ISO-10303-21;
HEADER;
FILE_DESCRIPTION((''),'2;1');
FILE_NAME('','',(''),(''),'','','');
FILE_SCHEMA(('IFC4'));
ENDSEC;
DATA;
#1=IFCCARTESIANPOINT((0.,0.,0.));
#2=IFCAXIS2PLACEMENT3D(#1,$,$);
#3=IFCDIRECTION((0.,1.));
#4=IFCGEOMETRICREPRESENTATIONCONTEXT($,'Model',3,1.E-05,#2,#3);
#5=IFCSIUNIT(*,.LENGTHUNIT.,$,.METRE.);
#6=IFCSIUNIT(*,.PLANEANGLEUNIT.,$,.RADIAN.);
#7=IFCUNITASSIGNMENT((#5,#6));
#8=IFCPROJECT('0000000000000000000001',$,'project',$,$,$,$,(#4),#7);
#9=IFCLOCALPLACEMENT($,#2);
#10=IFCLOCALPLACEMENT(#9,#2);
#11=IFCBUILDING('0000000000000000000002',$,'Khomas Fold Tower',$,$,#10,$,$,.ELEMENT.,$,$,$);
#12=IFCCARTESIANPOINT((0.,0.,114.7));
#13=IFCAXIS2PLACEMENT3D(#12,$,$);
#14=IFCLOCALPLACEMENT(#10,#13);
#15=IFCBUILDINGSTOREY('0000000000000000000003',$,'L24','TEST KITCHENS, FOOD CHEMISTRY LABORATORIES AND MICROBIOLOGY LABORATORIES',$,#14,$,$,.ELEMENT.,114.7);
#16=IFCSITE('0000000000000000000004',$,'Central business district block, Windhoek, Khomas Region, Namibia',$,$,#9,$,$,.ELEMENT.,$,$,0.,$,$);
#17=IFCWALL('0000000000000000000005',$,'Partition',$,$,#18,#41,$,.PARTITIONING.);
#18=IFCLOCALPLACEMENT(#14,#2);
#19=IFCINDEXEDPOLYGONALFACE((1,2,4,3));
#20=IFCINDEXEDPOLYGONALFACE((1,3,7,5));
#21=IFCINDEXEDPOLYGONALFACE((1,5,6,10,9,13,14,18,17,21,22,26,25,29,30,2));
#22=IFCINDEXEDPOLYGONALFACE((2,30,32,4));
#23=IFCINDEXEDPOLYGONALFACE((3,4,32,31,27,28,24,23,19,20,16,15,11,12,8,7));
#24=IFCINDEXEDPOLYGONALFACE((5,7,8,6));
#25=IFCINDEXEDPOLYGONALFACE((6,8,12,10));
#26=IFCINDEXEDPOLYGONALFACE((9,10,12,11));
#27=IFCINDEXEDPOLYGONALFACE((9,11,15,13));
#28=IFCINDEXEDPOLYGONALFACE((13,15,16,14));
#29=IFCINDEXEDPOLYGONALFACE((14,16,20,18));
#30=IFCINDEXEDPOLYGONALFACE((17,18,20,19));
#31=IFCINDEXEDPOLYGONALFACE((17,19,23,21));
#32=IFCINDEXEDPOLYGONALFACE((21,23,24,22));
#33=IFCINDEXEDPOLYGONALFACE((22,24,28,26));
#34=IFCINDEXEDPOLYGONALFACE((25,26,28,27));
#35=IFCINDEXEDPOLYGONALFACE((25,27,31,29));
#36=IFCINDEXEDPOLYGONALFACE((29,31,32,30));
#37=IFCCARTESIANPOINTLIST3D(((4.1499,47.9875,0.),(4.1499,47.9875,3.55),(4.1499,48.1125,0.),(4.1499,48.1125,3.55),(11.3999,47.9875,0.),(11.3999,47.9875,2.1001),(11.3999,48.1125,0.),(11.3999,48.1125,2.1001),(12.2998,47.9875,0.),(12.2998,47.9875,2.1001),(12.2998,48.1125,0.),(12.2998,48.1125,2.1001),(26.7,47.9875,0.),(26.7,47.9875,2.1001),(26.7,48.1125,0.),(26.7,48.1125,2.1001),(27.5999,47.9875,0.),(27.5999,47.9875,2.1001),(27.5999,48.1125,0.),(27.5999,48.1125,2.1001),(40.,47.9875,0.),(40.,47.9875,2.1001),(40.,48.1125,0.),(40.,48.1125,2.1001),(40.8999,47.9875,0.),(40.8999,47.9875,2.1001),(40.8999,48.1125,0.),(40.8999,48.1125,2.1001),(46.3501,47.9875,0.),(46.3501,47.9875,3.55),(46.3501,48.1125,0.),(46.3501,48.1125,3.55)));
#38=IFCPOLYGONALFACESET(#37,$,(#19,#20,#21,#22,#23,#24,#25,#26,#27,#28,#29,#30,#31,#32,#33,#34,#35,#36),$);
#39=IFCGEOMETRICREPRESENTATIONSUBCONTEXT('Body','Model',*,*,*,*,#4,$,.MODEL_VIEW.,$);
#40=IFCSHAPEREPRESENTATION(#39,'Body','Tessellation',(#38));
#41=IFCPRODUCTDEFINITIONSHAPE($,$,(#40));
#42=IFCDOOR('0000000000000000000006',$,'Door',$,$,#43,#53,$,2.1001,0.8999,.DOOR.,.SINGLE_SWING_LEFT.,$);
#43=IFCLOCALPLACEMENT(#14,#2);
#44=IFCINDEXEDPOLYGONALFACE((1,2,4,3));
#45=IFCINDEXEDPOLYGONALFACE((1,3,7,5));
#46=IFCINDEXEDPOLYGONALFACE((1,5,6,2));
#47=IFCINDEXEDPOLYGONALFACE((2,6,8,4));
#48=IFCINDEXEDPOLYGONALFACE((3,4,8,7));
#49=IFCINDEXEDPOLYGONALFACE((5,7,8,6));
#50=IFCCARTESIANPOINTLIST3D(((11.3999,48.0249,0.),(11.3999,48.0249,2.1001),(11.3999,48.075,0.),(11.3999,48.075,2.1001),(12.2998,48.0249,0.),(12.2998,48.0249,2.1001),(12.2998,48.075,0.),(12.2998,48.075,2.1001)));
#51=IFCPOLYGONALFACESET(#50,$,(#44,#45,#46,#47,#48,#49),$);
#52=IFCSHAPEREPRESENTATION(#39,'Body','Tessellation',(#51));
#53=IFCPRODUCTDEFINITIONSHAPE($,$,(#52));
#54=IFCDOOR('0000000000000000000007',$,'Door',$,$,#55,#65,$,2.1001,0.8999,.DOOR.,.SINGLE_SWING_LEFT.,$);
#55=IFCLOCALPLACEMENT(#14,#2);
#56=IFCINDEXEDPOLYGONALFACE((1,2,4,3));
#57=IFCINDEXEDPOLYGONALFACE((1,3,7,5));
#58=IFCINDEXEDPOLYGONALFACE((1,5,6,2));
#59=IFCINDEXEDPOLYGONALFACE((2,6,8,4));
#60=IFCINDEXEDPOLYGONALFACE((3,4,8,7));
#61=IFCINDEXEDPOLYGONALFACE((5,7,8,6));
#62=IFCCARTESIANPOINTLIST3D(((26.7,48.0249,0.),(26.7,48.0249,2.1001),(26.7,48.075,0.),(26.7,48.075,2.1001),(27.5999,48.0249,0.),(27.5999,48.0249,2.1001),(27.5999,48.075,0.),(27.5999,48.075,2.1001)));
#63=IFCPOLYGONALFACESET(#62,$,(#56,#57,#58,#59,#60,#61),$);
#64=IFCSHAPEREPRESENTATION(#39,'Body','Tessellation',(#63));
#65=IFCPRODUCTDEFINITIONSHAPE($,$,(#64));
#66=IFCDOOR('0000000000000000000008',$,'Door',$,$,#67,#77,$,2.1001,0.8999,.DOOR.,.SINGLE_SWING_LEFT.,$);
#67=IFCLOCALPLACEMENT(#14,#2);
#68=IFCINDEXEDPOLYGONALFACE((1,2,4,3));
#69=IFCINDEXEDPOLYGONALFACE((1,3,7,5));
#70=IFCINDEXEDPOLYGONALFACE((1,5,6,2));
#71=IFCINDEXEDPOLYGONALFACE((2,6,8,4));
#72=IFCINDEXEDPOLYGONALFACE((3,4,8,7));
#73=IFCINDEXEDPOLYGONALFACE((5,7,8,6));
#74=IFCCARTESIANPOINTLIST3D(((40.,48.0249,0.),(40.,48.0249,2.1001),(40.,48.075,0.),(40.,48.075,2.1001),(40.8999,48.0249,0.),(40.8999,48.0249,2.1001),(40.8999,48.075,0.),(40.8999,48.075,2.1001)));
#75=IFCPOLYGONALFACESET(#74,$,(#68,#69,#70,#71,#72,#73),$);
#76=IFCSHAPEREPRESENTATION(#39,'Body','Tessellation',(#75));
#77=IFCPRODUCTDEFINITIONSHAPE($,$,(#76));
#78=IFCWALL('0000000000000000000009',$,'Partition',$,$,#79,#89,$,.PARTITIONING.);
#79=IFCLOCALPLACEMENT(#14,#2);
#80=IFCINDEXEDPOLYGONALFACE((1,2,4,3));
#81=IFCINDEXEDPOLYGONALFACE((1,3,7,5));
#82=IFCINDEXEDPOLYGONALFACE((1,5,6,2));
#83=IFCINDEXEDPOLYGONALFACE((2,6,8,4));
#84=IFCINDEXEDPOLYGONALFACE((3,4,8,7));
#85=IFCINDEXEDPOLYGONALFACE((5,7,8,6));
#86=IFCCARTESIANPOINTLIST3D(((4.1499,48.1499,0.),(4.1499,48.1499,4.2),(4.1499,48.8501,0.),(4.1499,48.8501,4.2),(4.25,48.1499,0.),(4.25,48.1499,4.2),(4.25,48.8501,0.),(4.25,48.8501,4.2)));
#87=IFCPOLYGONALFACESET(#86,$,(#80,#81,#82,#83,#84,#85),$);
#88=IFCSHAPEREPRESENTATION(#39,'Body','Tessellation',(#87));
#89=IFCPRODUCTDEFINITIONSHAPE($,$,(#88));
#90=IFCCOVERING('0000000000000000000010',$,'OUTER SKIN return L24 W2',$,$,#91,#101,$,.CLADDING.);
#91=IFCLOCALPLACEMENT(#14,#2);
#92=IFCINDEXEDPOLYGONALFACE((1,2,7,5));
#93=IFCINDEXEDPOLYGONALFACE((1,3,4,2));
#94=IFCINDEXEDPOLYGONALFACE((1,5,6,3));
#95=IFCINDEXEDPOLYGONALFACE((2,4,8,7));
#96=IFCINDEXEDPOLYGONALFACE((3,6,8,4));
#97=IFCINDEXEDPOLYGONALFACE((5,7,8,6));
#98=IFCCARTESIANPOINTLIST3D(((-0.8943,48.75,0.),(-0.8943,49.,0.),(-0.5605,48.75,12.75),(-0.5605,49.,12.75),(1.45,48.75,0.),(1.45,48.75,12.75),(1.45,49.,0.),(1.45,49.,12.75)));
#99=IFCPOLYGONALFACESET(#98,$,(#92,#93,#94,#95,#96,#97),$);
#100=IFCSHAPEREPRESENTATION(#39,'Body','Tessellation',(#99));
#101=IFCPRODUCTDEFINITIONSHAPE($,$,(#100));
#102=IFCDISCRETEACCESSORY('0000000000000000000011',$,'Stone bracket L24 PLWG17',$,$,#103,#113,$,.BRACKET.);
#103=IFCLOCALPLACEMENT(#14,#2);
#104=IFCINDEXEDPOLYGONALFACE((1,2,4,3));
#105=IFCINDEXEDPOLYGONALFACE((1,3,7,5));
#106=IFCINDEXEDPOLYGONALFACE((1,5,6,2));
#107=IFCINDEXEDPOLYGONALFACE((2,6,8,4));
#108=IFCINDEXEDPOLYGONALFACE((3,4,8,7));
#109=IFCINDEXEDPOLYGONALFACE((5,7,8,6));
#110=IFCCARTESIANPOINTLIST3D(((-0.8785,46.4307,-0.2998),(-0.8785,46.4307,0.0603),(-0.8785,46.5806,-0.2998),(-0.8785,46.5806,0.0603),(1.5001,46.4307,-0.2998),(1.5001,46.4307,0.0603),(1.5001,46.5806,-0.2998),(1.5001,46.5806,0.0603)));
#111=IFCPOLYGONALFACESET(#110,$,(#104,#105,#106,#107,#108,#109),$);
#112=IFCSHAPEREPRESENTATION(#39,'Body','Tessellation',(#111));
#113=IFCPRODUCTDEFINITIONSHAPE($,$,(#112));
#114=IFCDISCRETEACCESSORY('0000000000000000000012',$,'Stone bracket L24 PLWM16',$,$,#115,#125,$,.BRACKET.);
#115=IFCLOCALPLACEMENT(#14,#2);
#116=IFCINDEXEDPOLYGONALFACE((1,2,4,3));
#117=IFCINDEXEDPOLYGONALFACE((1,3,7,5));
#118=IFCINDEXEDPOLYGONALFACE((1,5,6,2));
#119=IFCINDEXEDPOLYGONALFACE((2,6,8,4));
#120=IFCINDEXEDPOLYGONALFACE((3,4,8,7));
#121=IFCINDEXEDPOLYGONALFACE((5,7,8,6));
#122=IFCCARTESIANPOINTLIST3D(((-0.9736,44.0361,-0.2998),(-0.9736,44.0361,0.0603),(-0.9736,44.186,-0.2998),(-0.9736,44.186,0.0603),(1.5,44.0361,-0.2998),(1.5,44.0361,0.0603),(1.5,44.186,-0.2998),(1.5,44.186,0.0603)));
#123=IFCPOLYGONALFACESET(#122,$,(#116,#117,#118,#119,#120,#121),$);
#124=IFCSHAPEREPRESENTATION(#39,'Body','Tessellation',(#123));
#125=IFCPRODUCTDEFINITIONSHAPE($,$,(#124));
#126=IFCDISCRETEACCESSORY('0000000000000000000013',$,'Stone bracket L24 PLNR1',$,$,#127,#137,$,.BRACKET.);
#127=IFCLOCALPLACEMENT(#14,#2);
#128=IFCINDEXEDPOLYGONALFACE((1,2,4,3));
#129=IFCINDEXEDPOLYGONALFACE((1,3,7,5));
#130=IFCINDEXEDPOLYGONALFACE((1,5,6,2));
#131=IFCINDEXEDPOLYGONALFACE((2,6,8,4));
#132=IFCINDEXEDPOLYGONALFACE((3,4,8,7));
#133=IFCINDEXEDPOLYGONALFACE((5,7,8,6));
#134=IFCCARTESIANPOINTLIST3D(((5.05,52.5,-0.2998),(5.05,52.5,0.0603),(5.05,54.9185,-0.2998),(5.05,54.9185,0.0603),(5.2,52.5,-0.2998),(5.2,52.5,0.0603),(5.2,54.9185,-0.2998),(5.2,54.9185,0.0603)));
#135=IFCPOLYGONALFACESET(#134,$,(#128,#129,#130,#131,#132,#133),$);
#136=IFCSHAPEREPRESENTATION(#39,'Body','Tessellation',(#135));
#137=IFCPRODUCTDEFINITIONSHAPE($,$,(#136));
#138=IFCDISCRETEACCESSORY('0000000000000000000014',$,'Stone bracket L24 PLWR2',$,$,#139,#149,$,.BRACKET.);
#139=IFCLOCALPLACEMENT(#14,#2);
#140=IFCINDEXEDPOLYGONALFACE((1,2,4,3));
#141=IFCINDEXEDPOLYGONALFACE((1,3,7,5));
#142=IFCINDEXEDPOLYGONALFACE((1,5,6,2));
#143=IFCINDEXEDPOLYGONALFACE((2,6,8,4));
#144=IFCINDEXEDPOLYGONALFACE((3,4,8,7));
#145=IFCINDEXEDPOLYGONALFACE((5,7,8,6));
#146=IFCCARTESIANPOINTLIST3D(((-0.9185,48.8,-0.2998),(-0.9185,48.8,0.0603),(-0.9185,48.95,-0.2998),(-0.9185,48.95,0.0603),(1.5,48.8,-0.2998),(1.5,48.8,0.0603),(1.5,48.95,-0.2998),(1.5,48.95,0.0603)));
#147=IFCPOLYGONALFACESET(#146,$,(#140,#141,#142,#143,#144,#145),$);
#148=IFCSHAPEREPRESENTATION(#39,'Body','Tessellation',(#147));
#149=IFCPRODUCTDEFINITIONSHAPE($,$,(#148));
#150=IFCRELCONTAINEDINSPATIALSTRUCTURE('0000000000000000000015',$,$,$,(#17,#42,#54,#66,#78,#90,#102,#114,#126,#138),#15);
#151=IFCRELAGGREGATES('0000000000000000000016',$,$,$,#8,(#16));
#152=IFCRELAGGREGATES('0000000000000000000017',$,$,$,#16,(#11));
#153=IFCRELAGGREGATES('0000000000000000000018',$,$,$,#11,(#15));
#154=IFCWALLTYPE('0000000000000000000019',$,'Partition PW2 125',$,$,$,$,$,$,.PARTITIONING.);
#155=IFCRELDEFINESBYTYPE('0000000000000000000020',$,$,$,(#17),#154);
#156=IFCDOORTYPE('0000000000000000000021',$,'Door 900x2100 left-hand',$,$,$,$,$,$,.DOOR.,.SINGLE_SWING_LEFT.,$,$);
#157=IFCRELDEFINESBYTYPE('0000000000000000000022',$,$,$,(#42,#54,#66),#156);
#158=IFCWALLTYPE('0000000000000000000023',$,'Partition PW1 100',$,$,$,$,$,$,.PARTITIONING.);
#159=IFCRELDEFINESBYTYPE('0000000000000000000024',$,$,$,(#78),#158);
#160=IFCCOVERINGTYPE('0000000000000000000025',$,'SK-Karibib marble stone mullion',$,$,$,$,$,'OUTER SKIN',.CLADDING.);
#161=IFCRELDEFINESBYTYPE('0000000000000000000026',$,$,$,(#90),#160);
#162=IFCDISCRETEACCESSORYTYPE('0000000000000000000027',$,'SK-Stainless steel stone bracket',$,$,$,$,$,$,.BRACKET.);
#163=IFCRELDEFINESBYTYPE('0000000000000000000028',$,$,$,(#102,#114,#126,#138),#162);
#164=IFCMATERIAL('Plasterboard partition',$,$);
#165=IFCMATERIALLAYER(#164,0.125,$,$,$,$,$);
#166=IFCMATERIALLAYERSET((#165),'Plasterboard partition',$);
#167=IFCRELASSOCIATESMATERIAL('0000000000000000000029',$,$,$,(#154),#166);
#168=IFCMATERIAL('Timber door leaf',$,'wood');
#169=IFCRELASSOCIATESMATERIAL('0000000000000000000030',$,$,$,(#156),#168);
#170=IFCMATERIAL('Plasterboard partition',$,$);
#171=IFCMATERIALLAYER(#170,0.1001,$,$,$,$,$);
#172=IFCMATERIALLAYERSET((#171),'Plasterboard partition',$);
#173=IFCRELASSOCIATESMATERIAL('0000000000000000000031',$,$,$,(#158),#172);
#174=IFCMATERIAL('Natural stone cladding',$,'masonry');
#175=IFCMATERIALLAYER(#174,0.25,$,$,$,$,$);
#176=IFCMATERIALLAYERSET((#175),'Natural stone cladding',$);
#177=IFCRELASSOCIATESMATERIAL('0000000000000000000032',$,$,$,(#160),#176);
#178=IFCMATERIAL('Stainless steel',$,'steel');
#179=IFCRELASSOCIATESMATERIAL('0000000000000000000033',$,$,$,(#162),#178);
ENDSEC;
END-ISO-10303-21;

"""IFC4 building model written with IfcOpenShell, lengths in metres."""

from ifc_helpers import new_model, si_unit, direction, frame, frame_2d, origin, origin_2d, place, context, subcontext, project, spatial, polyline, rectangle, outline, extrude, source, transform, mapped, material, layer, layer_set, type_object, element, fill, save


model = new_model("IFC4")

# Units and contexts
model_context = context("Model", 3, precision=1e-05, world=origin(), true_north=direction((0.0, 1.0)))
body_context = subcontext(model_context, "Body", "Model", "MODEL_VIEW")
ifc_project = project(units=[si_unit("LENGTHUNIT", "METRE"), si_unit("PLANEANGLEUNIT", "RADIAN")], contexts=[model_context])

# Site, building, storey
site_placement = place(None, origin())
site = spatial("IfcSite", under=ifc_project, at=site_placement, Name="Central business district block, Windhoek, Khomas Region, Namibia", CompositionType="ELEMENT", RefElevation=0.0)
building_placement = place(site_placement, origin())
building = spatial("IfcBuilding", under=site, at=building_placement, Name="Khomas Fold Tower", CompositionType="ELEMENT")
storey_placement = place(building_placement, frame((0.0, 0.0, 114.7)))
storey = spatial("IfcBuildingStorey", under=building, at=storey_placement, Name="L24", Description="TEST KITCHENS, FOOD CHEMISTRY LABORATORIES AND MICROBIOLOGY LABORATORIES", CompositionType="ELEMENT", Elevation=114.7)

# Wall, openings, doors
ifc_material_1 = material(Name="Plasterboard partition")
ifc_layer_1 = layer(ifc_material_1, 0.125)
ifc_layer_set_1 = layer_set([ifc_layer_1], Name="Plasterboard partition")
wall_type_1 = type_object("IfcWallType", Name="Partition PW2 125", PredefinedType="PARTITIONING", material=ifc_layer_set_1)
shared_shape_1 = source(origin(), body_context, "Body", "SweptSolid", [
    extrude(rectangle(XDim=42.2002, YDim=0.125, at=frame_2d((21.1001, 0.0))), origin(), (0.0, 0.0, 1.0), 3.55),
])
wall_1_placement = place(storey_placement, frame((4.1499, 48.05, 0.0), z_axis=(0.0, 0.0, 1.0), x_axis=(1.0, 0.0, 0.0)))
wall_1 = element("IfcWall", 1, at=wall_1_placement, inside=storey, type_object=wall_type_1, Name="Partition", PredefinedType="PARTITIONING", context=body_context, shape_type="MappedRepresentation", body=[
    mapped(shared_shape_1, transform((0.0, 0.0, 0.0))),
])
shared_shape_2 = source(origin(), body_context, "Body", "SweptSolid", [
    extrude(rectangle(XDim=0.8999, YDim=2.1001, at=frame_2d((0.45, 1.05))), frame((0.0, 0.0725, 0.0), z_axis=(0.0, -1.0, 0.0), x_axis=(1.0, 0.0, 0.0)), (0.0, 0.0, 1.0), 0.145),
])
opening_1_placement = place(wall_1_placement, frame((7.25, 0.0, 0.0)))
opening_1 = element("IfcOpeningElement", 2, at=opening_1_placement, cuts=wall_1, PredefinedType="OPENING", context=body_context, shape_type="MappedRepresentation", body=[
    mapped(shared_shape_2, transform((0.0, 0.0, 0.0))),
])
opening_2_placement = place(wall_1_placement, frame((22.55, 0.0, 0.0)))
opening_2 = element("IfcOpeningElement", 3, at=opening_2_placement, cuts=wall_1, PredefinedType="OPENING", context=body_context, shape_type="MappedRepresentation", body=[
    mapped(shared_shape_2, transform((0.0, 0.0, 0.0))),
])
opening_3_placement = place(wall_1_placement, frame((35.8501, 0.0, 0.0)))
opening_3 = element("IfcOpeningElement", 4, at=opening_3_placement, cuts=wall_1, PredefinedType="OPENING", context=body_context, shape_type="MappedRepresentation", body=[
    mapped(shared_shape_2, transform((0.0, 0.0, 0.0))),
])
ifc_material_2 = material(Name="Timber door leaf", Category="wood")
door_type = type_object("IfcDoorType", Name="Door 900x2100 left-hand", OperationType="SINGLE_SWING_LEFT", PredefinedType="DOOR", material=ifc_material_2)
shared_shape_3 = source(origin(), body_context, "Body", "SweptSolid", [
    extrude(rectangle(XDim=0.8999, YDim=2.1001, at=frame_2d((0.45, 1.05))), frame((0.0, 0.0249, 0.0), z_axis=(0.0, -1.0, 0.0), x_axis=(1.0, 0.0, 0.0)), (0.0, 0.0, 1.0), 0.05),
])
door_1_placement = place(opening_1_placement, origin())
door_1 = element("IfcDoor", 5, at=door_1_placement, inside=storey, type_object=door_type, Name="Door", OperationType="SINGLE_SWING_LEFT", OverallHeight=2.1001, OverallWidth=0.8999, PredefinedType="DOOR", context=body_context, shape_type="MappedRepresentation", body=[
    mapped(shared_shape_3, transform((0.0, 0.0, 0.0))),
])
fill(opening_1, door_1)
door_2_placement = place(opening_2_placement, origin())
door_2 = element("IfcDoor", 6, at=door_2_placement, inside=storey, type_object=door_type, Name="Door", OperationType="SINGLE_SWING_LEFT", OverallHeight=2.1001, OverallWidth=0.8999, PredefinedType="DOOR", context=body_context, shape_type="MappedRepresentation", body=[
    mapped(shared_shape_3, transform((0.0, 0.0, 0.0))),
])
fill(opening_2, door_2)
door_3_placement = place(opening_3_placement, origin())
door_3 = element("IfcDoor", 7, at=door_3_placement, inside=storey, type_object=door_type, Name="Door", OperationType="SINGLE_SWING_LEFT", OverallHeight=2.1001, OverallWidth=0.8999, PredefinedType="DOOR", context=body_context, shape_type="MappedRepresentation", body=[
    mapped(shared_shape_3, transform((0.0, 0.0, 0.0))),
])
fill(opening_3, door_3)

# Wall
ifc_material_3 = material(Name="Plasterboard partition")
ifc_layer_2 = layer(ifc_material_3, 0.1001)
ifc_layer_set_2 = layer_set([ifc_layer_2], Name="Plasterboard partition")
wall_type_2 = type_object("IfcWallType", Name="Partition PW1 100", PredefinedType="PARTITIONING", material=ifc_layer_set_2)
shared_shape_4 = source(origin(), body_context, "Body", "SweptSolid", [
    extrude(rectangle(XDim=0.7002, YDim=0.1001, at=frame_2d((0.3501, 0.0))), origin(), (0.0, 0.0, 1.0), 4.2),
])
wall_2_placement = place(storey_placement, frame((4.2, 48.1499, 0.0), z_axis=(0.0, 0.0, 1.0), x_axis=(0.0, 1.0, 0.0)))
element("IfcWall", 8, at=wall_2_placement, inside=storey, type_object=wall_type_2, Name="Partition", PredefinedType="PARTITIONING", context=body_context, shape_type="MappedRepresentation", body=[
    mapped(shared_shape_4, transform((0.0, 0.0, 0.0))),
])

# Covering
ifc_material_4 = material(Name="Natural stone cladding", Category="masonry")
ifc_layer_3 = layer(ifc_material_4, 0.25)
ifc_layer_set_3 = layer_set([ifc_layer_3], Name="Natural stone cladding")
covering_type = type_object("IfcCoveringType", Name="SK-Karibib marble stone mullion", ElementType="OUTER SKIN", PredefinedType="CLADDING", material=ifc_layer_set_3)
covering_placement = place(storey_placement, frame((1.45, 49.0, 0.0), z_axis=(0.0, 1.0, 0.0), x_axis=(-1.0, 0.0, 0.0)))
element("IfcCovering", 9, at=covering_placement, inside=storey, type_object=covering_type, Name="OUTER SKIN return L24 W2", PredefinedType="CLADDING", context=body_context, shape_type="SweptSolid", body=[
    extrude(outline(polyline([(0.0, 0.0), (2.3442, 0.0), (2.0105, 12.75), (0.0, 12.75), (0.0, 0.0)])), origin(), (0.0, 0.0, -1.0), 0.25),
])

# Discrete accessories
ifc_material_5 = material(Name="Stainless steel", Category="steel")
discrete_accessory_type = type_object("IfcDiscreteAccessoryType", Name="SK-Stainless steel stone bracket", PredefinedType="BRACKET", material=ifc_material_5)
shared_shape_5 = source(origin(), body_context, "Body", "SweptSolid", [
    extrude(rectangle(XDim=2.3787, YDim=0.1499, at=origin_2d()), origin(), (0.0, 0.0, 1.0), 0.3601),
])
discrete_accessory_1_placement = place(storey_placement, frame((0.3108, 46.5056, -0.2998), z_axis=(0.0, 0.0, 1.0), x_axis=(-1.0, 0.0, 0.0)))
element("IfcDiscreteAccessory", 10, at=discrete_accessory_1_placement, inside=storey, type_object=discrete_accessory_type, Name="Stone bracket L24 PLWG17", PredefinedType="BRACKET", context=body_context, shape_type="MappedRepresentation", body=[
    mapped(shared_shape_5, transform((0.0, 0.0, 0.0))),
])
shared_shape_6 = source(origin(), body_context, "Body", "SweptSolid", [
    extrude(rectangle(XDim=2.4736, YDim=0.1499, at=origin_2d()), origin(), (0.0, 0.0, 1.0), 0.3601),
])
discrete_accessory_2_placement = place(storey_placement, frame((0.2632, 44.1111, -0.2998), z_axis=(0.0, 0.0, 1.0), x_axis=(-1.0, 0.0, 0.0)))
element("IfcDiscreteAccessory", 11, at=discrete_accessory_2_placement, inside=storey, type_object=discrete_accessory_type, Name="Stone bracket L24 PLWM16", PredefinedType="BRACKET", context=body_context, shape_type="MappedRepresentation", body=[
    mapped(shared_shape_6, transform((0.0, 0.0, 0.0))),
])
shared_shape_7 = source(origin(), body_context, "Body", "SweptSolid", [
    extrude(rectangle(XDim=2.4185, YDim=0.1499, at=origin_2d()), origin(), (0.0, 0.0, 1.0), 0.3601),
])
for number, where, z_axis, x_axis, name in (
    (12, (5.125, 53.7092, -0.2998), (0.0, 0.0, 1.0), (0.0, 1.0, 0.0), "Stone bracket L24 PLNR1"),
    (13, (0.2908, 48.875, -0.2998), (0.0, 0.0, 1.0), (-1.0, 0.0, 0.0), "Stone bracket L24 PLWR2"),
):
    element("IfcDiscreteAccessory", number, at=place(storey_placement, frame(where, z_axis=z_axis, x_axis=x_axis)), inside=storey, type_object=discrete_accessory_type, Name=name, PredefinedType="BRACKET", context=body_context, shape_type="MappedRepresentation", body=[
        mapped(shared_shape_7, transform((0.0, 0.0, 0.0))),
    ])

save(model, "model.ifc")
